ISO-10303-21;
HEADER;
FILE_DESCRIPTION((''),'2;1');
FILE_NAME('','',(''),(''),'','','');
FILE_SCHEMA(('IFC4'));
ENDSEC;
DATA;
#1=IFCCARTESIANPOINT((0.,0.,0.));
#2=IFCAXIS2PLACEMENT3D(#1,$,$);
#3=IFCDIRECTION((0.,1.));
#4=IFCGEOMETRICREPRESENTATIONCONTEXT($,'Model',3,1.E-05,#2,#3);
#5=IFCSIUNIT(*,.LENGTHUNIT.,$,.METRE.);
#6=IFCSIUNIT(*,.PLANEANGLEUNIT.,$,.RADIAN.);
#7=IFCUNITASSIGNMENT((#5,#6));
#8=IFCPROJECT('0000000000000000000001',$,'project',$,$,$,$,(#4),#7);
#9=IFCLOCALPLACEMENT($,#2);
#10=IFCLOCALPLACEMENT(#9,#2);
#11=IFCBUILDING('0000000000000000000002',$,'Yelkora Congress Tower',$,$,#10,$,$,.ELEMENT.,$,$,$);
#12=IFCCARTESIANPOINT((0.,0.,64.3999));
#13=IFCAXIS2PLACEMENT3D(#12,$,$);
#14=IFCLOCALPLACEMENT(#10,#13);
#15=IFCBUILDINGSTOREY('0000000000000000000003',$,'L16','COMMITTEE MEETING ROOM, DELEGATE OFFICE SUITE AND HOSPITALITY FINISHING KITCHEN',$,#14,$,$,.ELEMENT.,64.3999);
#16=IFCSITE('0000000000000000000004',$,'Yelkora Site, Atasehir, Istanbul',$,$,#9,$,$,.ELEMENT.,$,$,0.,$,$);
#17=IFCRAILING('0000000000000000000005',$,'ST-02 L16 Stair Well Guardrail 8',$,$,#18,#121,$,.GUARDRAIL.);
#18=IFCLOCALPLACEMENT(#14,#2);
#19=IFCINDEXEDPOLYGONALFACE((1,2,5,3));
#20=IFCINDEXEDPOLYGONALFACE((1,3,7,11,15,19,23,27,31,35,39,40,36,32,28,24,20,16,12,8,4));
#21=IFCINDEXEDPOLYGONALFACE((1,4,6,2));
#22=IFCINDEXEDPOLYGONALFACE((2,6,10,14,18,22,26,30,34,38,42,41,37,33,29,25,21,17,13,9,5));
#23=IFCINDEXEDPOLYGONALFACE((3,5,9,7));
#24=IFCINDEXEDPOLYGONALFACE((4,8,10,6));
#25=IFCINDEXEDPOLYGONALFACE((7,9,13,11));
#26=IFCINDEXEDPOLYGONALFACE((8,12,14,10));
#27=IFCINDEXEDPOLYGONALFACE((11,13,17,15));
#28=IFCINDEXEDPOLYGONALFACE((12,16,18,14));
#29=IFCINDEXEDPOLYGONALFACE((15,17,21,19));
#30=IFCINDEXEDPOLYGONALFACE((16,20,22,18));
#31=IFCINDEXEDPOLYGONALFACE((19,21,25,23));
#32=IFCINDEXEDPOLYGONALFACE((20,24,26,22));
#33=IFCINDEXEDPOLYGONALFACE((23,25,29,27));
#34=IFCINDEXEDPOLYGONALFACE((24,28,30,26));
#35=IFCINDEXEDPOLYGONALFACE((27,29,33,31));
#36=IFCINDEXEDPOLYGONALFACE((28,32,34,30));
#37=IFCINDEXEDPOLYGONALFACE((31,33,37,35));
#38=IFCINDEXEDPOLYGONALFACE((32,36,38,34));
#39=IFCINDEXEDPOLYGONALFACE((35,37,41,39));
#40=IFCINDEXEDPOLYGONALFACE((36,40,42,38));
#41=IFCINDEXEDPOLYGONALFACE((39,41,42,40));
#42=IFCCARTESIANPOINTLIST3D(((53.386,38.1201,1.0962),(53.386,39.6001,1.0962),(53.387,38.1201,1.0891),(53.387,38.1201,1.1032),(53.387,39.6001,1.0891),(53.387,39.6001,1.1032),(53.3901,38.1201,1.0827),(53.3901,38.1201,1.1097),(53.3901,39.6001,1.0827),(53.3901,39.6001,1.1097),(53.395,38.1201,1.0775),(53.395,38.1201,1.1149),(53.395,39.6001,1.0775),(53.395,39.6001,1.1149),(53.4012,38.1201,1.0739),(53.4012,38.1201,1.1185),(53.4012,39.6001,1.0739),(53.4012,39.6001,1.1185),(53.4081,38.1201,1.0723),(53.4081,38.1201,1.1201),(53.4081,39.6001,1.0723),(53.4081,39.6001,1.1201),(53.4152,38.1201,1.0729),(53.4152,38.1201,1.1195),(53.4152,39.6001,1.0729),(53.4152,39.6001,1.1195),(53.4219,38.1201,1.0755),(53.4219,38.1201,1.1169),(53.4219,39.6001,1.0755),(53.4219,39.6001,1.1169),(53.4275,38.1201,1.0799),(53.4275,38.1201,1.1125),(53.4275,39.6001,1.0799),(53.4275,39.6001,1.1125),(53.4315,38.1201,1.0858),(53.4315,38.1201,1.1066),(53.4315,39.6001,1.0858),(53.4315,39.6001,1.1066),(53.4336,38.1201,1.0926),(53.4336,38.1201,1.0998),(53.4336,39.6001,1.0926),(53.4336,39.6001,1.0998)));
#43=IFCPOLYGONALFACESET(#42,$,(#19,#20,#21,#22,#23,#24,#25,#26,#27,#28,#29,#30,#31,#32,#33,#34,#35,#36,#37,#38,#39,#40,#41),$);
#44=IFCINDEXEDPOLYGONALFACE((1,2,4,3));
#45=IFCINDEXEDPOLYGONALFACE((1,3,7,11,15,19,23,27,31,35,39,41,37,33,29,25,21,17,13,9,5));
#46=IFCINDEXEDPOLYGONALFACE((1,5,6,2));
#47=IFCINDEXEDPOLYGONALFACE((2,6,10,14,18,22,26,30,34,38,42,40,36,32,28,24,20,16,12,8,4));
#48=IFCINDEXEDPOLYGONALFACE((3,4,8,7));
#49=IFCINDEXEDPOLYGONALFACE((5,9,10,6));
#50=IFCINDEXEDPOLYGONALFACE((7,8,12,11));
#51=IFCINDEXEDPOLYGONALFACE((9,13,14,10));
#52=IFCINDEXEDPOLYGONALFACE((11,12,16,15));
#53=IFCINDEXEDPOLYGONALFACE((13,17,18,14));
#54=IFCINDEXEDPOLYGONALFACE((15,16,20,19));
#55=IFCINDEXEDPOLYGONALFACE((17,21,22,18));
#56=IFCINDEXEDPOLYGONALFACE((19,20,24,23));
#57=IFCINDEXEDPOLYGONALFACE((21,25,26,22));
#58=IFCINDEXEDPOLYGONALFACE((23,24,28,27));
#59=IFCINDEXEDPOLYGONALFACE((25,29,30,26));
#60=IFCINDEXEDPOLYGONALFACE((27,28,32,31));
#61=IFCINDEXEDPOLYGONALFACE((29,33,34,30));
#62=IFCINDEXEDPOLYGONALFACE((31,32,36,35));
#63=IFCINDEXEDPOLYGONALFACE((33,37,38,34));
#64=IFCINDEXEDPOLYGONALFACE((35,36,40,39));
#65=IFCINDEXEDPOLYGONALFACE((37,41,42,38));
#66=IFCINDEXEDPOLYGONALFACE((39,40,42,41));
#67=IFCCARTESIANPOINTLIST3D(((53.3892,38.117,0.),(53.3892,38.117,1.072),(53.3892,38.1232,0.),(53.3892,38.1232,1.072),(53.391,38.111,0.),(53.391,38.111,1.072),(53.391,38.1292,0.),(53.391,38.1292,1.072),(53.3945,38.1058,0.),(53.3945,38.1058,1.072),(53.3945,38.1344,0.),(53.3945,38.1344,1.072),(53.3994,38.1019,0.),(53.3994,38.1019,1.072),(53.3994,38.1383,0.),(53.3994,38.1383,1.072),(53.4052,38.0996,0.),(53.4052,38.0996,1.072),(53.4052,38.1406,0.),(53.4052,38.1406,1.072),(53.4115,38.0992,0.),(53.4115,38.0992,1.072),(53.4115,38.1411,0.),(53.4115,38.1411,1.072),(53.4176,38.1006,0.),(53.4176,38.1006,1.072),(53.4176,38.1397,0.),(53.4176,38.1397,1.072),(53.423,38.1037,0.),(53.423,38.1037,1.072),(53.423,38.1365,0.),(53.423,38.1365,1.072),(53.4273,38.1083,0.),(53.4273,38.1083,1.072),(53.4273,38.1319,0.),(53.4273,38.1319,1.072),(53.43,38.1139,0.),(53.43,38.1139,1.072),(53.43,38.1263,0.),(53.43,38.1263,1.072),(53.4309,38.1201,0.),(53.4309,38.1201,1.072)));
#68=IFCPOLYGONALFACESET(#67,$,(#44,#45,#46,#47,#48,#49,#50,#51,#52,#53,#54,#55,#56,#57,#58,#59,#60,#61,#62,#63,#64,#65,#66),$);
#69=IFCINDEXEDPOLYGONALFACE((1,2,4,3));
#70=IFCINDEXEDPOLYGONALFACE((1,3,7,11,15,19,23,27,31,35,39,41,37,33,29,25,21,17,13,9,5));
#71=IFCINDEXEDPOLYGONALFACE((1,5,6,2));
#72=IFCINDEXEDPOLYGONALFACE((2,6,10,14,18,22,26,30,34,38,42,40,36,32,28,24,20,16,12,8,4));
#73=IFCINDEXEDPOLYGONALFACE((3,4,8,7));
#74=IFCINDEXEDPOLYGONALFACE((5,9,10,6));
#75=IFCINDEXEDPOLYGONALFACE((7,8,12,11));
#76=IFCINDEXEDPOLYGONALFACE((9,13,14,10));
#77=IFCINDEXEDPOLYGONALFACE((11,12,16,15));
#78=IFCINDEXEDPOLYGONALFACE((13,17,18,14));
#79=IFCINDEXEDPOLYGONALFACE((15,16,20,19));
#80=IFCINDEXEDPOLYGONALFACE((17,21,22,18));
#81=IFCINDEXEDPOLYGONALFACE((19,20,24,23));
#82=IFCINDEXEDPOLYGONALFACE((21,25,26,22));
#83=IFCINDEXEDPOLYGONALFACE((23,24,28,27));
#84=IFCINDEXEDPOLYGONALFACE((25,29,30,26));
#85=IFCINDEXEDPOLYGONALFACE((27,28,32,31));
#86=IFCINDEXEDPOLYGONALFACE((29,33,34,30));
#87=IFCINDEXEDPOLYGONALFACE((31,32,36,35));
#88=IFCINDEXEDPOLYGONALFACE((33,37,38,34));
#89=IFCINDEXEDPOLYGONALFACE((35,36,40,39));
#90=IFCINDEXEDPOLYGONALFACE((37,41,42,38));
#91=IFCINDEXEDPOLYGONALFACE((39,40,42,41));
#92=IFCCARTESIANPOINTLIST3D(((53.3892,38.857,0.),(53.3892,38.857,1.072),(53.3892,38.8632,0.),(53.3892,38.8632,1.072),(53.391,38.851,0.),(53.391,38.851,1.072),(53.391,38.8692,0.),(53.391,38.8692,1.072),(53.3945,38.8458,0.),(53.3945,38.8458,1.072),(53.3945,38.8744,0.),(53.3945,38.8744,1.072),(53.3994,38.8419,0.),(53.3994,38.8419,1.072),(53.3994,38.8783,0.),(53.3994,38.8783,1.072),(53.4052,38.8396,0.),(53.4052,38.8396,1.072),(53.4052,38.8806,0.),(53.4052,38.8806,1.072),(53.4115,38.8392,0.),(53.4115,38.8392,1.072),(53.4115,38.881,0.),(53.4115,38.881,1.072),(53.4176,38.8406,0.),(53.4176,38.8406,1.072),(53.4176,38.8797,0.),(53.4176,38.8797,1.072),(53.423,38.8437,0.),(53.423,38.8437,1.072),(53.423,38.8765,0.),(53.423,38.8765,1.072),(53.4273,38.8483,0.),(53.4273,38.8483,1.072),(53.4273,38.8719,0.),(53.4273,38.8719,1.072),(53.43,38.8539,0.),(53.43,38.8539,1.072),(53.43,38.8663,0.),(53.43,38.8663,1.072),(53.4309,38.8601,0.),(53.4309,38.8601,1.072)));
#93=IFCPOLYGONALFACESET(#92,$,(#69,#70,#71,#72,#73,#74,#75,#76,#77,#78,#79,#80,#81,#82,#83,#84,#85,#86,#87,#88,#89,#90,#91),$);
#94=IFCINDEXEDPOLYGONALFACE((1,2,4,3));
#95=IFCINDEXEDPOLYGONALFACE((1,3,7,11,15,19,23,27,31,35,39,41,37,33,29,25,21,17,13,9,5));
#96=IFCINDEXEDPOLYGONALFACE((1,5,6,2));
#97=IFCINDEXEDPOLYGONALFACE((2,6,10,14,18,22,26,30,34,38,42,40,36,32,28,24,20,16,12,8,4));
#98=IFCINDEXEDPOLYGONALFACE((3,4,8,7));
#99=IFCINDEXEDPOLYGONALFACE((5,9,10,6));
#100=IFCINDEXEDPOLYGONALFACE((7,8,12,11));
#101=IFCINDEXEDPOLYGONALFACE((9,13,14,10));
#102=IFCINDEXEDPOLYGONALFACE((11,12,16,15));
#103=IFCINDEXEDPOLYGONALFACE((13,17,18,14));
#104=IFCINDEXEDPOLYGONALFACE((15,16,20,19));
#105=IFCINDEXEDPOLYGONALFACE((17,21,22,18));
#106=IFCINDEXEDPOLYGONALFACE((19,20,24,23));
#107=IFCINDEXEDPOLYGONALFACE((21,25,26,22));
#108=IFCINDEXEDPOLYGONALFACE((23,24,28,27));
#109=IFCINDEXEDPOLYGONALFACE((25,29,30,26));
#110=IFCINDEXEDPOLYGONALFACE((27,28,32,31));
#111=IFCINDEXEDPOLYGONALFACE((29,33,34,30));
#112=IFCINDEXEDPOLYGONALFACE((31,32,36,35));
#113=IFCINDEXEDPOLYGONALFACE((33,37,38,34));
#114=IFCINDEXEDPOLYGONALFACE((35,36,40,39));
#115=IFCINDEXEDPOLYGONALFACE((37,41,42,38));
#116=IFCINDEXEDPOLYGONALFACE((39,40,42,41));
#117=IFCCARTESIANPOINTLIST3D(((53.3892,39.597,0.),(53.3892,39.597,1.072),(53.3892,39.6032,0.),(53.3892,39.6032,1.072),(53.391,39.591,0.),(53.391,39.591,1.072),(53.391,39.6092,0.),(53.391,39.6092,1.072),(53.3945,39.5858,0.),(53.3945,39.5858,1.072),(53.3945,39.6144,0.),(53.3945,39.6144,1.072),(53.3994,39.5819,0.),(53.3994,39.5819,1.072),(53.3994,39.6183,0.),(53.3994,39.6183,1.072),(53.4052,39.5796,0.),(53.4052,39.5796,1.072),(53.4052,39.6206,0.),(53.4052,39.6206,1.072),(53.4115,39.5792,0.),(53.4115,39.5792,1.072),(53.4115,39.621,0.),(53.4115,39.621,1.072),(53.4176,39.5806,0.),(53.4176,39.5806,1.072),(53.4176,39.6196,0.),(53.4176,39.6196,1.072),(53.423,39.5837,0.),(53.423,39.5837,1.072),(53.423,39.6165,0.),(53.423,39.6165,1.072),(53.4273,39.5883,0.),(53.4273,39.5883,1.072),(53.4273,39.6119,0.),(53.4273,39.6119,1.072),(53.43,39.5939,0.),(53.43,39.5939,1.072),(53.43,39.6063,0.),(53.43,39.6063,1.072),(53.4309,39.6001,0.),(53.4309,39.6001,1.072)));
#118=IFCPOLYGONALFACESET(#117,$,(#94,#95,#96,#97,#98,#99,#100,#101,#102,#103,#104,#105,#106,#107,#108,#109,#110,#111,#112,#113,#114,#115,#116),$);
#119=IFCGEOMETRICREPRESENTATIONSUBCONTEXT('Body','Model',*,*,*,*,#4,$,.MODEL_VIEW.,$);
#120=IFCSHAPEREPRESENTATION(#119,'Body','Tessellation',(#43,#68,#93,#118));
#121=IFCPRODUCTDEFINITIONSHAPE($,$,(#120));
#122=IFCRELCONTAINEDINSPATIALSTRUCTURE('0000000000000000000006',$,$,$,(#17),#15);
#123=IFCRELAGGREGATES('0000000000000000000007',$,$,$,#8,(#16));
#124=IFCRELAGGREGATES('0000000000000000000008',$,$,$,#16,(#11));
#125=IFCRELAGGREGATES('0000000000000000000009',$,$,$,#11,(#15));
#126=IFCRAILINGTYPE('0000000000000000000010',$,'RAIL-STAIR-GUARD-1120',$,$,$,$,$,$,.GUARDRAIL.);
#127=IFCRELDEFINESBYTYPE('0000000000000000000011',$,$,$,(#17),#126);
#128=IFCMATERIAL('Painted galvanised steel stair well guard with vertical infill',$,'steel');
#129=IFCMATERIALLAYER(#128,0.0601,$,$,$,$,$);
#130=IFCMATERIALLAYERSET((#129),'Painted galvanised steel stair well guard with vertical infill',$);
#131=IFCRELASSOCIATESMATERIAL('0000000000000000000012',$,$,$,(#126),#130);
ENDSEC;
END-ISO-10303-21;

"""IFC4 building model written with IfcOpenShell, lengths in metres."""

from ifc_helpers import new_model, si_unit, direction, frame, origin, origin_2d, place, context, subcontext, project, spatial, circle, extrude, material, layer, layer_set, type_object, element, save


model = new_model("IFC4")

# Units and contexts
model_context = context("Model", 3, precision=1e-05, world=origin(), true_north=direction((0.0, 1.0)))
body_context = subcontext(model_context, "Body", "Model", "MODEL_VIEW")
ifc_project = project(units=[si_unit("LENGTHUNIT", "METRE"), si_unit("PLANEANGLEUNIT", "RADIAN")], contexts=[model_context])

# Site, building, storey
site_placement = place(None, origin())
site = spatial("IfcSite", under=ifc_project, at=site_placement, Name="Yelkora Site, Atasehir, Istanbul", CompositionType="ELEMENT", RefElevation=0.0)
building_placement = place(site_placement, origin())
building = spatial("IfcBuilding", under=site, at=building_placement, Name="Yelkora Congress Tower", CompositionType="ELEMENT")
storey_placement = place(building_placement, frame((0.0, 0.0, 64.3999)))
storey = spatial("IfcBuildingStorey", under=building, at=storey_placement, Name="L16", Description="COMMITTEE MEETING ROOM, DELEGATE OFFICE SUITE AND HOSPITALITY FINISHING KITCHEN", CompositionType="ELEMENT", Elevation=64.3999)

# Railing
ifc_material_1 = material(Name="Painted galvanised steel stair well guard with vertical infill", Category="steel")
ifc_layer_1 = layer(ifc_material_1, 0.0601)
ifc_layer_set_1 = layer_set([ifc_layer_1], Name="Painted galvanised steel stair well guard with vertical infill")
railing_type_1 = type_object("IfcRailingType", Name="RAIL-STAIR-GUARD-1120", PredefinedType="GUARDRAIL", material=ifc_layer_set_1)
railing_1_placement = place(storey_placement, frame((53.4099, 38.1201, 0.0)))
element("IfcRailing", 1, at=railing_1_placement, inside=storey, type_object=railing_type_1, Name="ST-02 L16 Stair Well Guardrail 8", PredefinedType="GUARDRAIL", context=body_context, shape_type="SweptSolid", body=[
    extrude(circle(Radius=0.0239, at=origin_2d()), frame((0.0, 0.0, 1.0962), z_axis=(0.0, 1.0, 0.0), x_axis=(-1.0, 0.0, 0.0)), (0.0, 0.0, 1.0), 1.48),
    extrude(circle(Radius=0.021, at=origin_2d()), origin(), (0.0, 0.0, 1.0), 1.072),
    extrude(circle(Radius=0.021, at=origin_2d()), frame((0.0, 0.74, 0.0)), (0.0, 0.0, 1.0), 1.072),
    extrude(circle(Radius=0.021, at=origin_2d()), frame((0.0, 1.48, 0.0)), (0.0, 0.0, 1.0), 1.072),
])

save(model, "model.ifc")
